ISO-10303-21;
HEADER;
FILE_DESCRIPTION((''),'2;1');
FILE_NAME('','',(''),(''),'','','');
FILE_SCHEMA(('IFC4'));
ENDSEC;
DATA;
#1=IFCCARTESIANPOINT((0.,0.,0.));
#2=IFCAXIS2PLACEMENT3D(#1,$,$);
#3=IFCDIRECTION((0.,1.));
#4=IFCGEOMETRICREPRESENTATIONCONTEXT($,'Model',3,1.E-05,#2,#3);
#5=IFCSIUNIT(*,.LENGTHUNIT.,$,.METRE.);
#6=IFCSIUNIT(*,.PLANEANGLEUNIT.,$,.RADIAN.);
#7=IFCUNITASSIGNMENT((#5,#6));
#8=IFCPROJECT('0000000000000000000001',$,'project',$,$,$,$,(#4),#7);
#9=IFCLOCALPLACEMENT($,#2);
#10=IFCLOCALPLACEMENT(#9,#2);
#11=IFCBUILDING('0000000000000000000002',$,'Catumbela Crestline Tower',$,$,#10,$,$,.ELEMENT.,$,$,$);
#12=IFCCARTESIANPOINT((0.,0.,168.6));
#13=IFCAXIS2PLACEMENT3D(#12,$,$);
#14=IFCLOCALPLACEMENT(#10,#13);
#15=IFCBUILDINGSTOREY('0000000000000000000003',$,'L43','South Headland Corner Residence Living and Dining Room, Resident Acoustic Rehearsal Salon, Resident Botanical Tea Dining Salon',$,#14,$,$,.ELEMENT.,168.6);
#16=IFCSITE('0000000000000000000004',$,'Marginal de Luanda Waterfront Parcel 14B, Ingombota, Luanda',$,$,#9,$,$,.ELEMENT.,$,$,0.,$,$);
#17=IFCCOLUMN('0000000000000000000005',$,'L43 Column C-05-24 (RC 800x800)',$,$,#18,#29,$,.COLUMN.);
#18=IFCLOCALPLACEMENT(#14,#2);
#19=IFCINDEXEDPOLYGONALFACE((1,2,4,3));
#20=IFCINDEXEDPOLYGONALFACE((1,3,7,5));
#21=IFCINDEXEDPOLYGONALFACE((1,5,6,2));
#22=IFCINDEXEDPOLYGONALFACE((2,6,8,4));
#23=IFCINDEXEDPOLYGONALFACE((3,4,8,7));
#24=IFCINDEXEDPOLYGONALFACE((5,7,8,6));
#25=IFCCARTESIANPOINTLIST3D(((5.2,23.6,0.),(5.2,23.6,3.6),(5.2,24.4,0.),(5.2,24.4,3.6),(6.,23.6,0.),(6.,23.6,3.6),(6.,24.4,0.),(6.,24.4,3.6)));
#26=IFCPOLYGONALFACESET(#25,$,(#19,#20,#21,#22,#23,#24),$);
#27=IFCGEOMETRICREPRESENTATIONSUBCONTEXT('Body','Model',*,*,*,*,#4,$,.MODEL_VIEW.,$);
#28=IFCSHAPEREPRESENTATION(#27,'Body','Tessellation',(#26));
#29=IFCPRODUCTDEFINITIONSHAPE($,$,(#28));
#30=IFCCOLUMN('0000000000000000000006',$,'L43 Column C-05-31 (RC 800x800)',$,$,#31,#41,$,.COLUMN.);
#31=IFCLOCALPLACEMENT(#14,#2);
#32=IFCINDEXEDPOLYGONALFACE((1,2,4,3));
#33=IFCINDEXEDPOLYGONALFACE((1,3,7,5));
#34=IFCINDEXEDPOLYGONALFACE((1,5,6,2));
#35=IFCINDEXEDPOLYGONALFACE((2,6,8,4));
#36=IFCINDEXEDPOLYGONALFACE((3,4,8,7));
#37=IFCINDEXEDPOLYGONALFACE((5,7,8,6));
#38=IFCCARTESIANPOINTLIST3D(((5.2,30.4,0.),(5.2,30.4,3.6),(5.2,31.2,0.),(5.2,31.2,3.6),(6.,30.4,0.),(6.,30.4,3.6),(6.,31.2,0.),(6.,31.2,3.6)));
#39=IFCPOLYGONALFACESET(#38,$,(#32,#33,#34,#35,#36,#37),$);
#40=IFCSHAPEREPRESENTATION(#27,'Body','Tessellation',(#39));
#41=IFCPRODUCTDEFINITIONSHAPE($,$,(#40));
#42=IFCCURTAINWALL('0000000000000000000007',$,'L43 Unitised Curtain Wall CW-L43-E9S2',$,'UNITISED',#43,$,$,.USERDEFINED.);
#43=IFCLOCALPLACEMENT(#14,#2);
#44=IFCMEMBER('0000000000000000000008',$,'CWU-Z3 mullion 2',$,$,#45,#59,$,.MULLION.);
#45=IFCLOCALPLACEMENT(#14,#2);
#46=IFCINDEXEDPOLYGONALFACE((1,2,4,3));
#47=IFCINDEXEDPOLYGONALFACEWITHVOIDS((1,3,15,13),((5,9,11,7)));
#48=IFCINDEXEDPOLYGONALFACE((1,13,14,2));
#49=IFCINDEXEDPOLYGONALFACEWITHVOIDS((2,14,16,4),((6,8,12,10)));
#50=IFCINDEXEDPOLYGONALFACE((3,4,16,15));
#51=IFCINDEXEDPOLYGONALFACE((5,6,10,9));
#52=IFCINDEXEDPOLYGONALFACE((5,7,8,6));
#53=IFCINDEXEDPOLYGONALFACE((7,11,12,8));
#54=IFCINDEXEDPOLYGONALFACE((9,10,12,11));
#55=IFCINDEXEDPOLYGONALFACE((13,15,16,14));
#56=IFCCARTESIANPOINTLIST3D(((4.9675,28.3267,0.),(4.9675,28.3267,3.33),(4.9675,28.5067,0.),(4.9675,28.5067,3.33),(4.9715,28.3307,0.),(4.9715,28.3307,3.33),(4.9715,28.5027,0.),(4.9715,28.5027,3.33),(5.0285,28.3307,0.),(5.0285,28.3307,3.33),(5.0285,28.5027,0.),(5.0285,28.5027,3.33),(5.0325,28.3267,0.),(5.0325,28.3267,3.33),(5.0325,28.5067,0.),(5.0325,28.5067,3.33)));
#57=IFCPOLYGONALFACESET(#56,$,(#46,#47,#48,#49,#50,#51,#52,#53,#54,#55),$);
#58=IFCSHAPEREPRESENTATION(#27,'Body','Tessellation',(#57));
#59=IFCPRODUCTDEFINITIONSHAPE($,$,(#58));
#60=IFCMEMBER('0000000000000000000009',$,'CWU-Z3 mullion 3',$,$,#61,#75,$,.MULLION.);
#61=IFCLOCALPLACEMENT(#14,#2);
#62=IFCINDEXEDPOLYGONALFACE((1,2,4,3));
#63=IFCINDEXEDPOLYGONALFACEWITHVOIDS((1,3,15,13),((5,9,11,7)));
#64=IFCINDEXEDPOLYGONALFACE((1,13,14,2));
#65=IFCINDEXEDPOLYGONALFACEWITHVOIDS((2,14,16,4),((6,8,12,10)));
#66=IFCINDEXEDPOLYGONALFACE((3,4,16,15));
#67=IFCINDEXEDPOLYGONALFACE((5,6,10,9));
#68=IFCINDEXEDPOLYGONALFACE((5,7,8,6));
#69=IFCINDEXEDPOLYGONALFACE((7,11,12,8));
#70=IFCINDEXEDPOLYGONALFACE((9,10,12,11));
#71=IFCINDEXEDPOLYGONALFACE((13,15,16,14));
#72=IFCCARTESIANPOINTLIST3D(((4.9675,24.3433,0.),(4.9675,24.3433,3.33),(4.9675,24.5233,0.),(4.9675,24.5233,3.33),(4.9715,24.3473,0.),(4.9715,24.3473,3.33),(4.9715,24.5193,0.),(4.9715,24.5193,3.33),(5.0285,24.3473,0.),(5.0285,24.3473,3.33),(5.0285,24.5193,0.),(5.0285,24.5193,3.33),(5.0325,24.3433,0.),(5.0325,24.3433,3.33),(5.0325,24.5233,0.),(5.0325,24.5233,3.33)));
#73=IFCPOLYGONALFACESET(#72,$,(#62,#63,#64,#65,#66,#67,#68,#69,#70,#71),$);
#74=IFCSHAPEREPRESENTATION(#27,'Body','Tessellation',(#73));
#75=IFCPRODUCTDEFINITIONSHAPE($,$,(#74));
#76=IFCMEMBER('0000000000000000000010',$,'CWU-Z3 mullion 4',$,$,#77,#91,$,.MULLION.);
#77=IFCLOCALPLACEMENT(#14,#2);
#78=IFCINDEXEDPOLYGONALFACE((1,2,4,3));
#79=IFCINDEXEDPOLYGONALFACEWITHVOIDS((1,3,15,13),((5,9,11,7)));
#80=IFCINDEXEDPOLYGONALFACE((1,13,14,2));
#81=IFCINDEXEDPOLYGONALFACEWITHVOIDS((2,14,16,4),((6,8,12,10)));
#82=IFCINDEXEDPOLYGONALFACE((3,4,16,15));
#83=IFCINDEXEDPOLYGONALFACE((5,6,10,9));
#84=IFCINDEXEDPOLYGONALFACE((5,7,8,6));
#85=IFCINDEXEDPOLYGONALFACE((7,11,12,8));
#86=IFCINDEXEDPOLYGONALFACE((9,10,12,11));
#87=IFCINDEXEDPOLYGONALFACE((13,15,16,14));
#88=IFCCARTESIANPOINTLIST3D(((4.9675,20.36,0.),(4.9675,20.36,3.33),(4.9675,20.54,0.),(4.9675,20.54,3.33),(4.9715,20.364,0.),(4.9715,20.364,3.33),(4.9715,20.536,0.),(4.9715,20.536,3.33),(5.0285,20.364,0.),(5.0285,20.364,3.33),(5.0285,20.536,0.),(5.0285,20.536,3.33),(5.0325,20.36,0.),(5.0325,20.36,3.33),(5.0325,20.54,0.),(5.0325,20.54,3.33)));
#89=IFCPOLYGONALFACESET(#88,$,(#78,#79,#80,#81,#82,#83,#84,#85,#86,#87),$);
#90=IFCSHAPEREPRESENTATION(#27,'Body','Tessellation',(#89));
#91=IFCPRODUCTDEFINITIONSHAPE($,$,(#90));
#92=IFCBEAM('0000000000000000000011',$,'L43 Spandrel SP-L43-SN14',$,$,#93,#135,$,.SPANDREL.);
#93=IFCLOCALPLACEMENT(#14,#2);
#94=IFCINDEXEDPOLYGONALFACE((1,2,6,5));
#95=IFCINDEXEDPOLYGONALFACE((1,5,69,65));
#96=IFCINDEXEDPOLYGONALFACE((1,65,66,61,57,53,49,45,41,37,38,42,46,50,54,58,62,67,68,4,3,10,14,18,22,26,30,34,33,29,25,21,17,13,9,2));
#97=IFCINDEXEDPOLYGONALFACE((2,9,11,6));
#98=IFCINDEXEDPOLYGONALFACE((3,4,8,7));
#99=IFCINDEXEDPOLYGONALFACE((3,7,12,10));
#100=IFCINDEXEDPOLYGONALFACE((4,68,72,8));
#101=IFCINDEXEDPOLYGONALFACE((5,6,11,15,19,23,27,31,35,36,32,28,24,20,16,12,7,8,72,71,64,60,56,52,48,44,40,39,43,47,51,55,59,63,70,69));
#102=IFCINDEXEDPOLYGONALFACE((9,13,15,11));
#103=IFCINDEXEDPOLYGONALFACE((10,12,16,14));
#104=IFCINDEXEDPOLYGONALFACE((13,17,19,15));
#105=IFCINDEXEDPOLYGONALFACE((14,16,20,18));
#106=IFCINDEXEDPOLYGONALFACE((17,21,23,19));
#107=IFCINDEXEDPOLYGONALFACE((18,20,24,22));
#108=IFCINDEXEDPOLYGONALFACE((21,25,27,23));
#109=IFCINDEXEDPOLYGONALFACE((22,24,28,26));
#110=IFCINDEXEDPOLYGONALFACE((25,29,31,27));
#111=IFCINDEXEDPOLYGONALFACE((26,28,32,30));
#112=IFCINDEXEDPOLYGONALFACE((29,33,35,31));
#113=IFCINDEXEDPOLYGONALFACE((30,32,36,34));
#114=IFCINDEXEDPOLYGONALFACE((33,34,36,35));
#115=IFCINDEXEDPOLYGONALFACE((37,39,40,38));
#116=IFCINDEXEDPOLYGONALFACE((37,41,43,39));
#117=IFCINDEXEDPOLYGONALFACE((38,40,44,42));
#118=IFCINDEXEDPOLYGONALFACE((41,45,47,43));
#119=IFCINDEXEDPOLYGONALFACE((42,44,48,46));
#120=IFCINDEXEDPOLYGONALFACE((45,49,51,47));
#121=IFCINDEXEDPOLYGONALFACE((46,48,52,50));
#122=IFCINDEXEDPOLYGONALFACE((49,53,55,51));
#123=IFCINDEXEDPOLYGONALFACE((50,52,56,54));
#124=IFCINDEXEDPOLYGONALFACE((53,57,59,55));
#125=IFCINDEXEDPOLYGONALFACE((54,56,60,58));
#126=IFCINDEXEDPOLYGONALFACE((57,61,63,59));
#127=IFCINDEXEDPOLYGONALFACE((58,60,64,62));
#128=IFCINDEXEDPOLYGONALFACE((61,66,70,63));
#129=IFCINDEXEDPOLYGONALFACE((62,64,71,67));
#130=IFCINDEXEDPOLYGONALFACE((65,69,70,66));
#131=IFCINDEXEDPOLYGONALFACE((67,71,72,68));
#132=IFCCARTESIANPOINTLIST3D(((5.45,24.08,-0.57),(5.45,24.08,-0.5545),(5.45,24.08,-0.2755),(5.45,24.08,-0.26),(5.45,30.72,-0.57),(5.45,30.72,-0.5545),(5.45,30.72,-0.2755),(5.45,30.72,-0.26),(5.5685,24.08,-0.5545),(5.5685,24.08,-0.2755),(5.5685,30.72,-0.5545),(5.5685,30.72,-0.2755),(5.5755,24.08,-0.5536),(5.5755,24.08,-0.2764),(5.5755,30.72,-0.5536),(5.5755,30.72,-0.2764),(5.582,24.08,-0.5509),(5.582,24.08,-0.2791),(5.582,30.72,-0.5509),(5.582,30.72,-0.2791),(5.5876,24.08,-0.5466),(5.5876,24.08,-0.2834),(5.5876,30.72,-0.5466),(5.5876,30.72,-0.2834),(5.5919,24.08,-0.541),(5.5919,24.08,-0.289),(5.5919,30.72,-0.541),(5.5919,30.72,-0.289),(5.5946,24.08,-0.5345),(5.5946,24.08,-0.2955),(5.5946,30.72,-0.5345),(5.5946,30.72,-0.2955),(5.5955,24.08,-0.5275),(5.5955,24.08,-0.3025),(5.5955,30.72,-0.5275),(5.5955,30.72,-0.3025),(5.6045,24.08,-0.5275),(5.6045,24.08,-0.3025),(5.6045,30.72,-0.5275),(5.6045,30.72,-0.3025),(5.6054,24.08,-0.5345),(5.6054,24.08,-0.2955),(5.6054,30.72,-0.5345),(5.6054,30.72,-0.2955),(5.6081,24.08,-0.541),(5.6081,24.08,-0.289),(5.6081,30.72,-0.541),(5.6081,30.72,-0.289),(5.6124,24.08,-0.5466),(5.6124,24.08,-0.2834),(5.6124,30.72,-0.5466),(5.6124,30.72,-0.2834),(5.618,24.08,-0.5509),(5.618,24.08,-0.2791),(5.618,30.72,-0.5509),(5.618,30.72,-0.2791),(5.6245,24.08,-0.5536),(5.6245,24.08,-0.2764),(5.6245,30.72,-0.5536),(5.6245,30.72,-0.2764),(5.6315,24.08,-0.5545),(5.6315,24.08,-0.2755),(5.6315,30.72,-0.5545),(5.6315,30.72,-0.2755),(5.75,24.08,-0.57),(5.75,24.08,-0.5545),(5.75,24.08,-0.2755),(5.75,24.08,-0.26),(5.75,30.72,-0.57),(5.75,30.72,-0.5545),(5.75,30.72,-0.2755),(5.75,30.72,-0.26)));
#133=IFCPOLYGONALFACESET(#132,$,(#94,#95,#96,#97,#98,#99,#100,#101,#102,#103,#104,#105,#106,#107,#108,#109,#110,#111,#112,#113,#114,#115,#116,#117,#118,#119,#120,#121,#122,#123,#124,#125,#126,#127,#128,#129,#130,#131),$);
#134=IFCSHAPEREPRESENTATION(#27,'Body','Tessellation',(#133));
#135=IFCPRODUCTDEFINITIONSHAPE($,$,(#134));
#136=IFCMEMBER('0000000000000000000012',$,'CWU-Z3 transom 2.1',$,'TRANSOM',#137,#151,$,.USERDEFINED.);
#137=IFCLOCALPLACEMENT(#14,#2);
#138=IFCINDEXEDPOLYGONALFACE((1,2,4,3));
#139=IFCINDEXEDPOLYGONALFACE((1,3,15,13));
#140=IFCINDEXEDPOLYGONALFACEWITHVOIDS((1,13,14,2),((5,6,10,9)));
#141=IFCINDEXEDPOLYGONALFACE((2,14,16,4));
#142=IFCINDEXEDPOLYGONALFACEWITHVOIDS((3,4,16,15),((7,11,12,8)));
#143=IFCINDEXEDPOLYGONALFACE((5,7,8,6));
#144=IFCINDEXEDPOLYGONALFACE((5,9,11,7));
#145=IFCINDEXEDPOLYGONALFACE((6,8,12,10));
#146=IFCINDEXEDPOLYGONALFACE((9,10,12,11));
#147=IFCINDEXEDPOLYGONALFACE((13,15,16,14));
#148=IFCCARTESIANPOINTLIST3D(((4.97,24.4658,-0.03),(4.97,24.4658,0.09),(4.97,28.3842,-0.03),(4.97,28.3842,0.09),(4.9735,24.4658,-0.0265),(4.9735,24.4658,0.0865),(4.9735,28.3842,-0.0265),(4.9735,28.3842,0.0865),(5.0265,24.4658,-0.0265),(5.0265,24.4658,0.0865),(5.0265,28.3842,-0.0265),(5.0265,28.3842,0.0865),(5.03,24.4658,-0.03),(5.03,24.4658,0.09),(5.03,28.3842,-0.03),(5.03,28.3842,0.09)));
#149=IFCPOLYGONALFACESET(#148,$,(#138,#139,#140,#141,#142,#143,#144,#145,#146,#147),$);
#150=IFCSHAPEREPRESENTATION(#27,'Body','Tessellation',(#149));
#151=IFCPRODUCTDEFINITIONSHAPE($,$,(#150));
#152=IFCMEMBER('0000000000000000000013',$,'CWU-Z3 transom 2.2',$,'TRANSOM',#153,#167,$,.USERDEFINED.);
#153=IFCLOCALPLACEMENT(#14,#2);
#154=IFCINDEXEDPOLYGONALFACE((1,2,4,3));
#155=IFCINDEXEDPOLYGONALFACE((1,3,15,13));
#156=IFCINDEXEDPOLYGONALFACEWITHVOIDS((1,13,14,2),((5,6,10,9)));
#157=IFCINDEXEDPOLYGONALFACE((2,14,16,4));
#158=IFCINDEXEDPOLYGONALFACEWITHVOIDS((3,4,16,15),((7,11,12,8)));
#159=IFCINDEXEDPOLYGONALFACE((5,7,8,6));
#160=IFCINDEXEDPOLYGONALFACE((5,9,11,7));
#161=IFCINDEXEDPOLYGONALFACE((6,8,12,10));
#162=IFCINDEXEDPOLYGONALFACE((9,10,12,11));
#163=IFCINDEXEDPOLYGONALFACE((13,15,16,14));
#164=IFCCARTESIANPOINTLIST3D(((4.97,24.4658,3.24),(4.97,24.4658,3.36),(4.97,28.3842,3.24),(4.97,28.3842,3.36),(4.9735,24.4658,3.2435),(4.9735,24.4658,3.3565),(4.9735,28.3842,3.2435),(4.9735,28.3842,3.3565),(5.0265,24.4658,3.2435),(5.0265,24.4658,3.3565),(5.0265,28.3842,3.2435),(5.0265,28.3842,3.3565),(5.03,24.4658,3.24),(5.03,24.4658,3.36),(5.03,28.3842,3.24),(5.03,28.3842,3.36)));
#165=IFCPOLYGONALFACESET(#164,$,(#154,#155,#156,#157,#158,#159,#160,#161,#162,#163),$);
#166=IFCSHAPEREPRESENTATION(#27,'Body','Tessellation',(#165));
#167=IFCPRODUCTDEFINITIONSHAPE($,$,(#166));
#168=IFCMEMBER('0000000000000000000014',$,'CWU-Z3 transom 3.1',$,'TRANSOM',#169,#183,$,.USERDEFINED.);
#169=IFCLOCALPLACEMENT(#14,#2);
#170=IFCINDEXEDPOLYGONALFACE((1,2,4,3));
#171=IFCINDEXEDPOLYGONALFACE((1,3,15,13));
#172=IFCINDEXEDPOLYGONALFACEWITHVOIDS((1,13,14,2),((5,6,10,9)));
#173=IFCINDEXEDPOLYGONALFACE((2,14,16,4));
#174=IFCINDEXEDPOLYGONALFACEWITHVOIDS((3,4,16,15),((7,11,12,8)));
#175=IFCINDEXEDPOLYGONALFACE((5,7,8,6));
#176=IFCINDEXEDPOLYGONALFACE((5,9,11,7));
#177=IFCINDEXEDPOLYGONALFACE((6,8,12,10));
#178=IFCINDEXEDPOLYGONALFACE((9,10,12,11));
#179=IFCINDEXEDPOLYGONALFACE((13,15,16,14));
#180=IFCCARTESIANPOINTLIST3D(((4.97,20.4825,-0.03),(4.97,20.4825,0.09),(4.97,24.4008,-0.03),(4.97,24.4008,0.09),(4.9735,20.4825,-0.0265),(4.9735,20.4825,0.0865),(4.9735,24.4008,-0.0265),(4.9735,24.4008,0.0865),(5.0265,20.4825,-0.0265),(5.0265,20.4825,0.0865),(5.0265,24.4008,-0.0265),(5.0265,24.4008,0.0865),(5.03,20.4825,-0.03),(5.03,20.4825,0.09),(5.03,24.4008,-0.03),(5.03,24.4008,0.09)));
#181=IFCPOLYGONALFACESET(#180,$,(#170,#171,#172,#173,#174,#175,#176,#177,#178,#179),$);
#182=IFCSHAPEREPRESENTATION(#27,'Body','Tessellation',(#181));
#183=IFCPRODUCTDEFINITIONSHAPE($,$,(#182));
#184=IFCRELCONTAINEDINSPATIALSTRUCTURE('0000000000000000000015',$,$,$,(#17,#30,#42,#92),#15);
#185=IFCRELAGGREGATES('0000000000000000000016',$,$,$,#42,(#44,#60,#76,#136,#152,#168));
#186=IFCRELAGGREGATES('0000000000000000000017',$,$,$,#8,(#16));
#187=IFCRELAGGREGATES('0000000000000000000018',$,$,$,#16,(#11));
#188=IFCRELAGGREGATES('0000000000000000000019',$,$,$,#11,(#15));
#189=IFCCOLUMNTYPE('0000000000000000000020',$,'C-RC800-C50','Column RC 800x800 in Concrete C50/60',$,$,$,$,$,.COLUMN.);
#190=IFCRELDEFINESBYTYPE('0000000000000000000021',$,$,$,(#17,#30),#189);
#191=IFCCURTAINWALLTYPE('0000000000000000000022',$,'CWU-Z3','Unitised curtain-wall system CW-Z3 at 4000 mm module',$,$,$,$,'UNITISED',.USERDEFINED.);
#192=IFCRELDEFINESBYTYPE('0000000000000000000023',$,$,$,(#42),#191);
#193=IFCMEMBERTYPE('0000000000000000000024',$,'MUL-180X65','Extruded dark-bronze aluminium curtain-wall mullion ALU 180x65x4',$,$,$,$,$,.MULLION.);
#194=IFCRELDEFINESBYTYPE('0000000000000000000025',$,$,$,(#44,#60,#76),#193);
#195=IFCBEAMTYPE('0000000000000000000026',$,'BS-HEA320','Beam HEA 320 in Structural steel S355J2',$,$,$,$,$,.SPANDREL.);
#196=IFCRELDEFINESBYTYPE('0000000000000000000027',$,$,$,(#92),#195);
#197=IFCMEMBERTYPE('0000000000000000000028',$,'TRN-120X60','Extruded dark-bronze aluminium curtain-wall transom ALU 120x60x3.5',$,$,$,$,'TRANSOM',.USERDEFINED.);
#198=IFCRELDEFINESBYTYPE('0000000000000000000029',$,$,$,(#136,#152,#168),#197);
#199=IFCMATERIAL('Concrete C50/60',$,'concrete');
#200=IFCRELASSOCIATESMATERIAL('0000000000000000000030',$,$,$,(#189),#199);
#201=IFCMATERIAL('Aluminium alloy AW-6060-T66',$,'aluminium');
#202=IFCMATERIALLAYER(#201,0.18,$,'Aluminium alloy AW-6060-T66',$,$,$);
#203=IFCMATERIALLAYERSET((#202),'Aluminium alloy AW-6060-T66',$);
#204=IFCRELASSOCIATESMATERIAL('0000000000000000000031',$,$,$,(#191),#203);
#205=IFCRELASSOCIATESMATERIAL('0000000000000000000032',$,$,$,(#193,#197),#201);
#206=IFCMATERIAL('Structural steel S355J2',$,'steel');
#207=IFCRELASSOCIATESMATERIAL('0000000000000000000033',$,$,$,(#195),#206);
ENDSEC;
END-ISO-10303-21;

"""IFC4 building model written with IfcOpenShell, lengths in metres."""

from ifc_helpers import new_model, si_unit, direction, frame, origin, origin_2d, place, context, subcontext, project, spatial, rectangle, hollow_rectangle, i_section, extrude, material, layer, layer_set, material_profile, profile_set, type_object, element, aggregate, save


model = new_model("IFC4")

# Units and contexts
model_context = context("Model", 3, precision=1e-05, world=origin(), true_north=direction((0.0, 1.0)))
body_context = subcontext(model_context, "Body", "Model", "MODEL_VIEW")
ifc_project = project(units=[si_unit("LENGTHUNIT", "METRE"), si_unit("PLANEANGLEUNIT", "RADIAN")], contexts=[model_context])

# Site, building, storey
site_placement = place(None, origin())
site = spatial("IfcSite", under=ifc_project, at=site_placement, Name="Marginal de Luanda Waterfront Parcel 14B, Ingombota, Luanda", CompositionType="ELEMENT", RefElevation=0.0)
building_placement = place(site_placement, origin())
building = spatial("IfcBuilding", under=site, at=building_placement, Name="Catumbela Crestline Tower", CompositionType="ELEMENT")
storey_placement = place(building_placement, frame((0.0, 0.0, 168.6)))
storey = spatial("IfcBuildingStorey", under=building, at=storey_placement, Name="L43", Description="South Headland Corner Residence Living and Dining Room, Resident Acoustic Rehearsal Salon, Resident Botanical Tea Dining Salon", CompositionType="ELEMENT", Elevation=168.6)

# Columns
ifc_material_1 = material(Name="Concrete C50/60", Category="concrete")
ifc_material_profile_1 = material_profile(ifc_material_1, rectangle(XDim=0.8, YDim=0.8, at=origin_2d()), Name="RC 800x800")
ifc_profile_set_1 = profile_set([ifc_material_profile_1], Name="Concrete C50/60")
column_type = type_object("IfcColumnType", Name="C-RC800-C50", Description="Column RC 800x800 in Concrete C50/60", PredefinedType="COLUMN", material=ifc_profile_set_1)
for number, where, z_axis, x_axis, name in (
    (1, (5.6, 24.0, 0.0), (0.0, 0.0, 1.0), (1.0, 0.0, 0.0), "L43 Column C-05-24 (RC 800x800)"),
    (2, (5.6, 30.8, 0.0), (0.0, 0.0, 1.0), (1.0, 0.0, 0.0), "L43 Column C-05-31 (RC 800x800)"),
):
    element("IfcColumn", number, at=place(storey_placement, frame(where, z_axis=z_axis, x_axis=x_axis)), inside=storey, type_object=column_type, Name=name, PredefinedType="COLUMN", context=body_context, shape_type="SweptSolid", body=[
        extrude(rectangle(XDim=0.8, YDim=0.8, at=origin_2d()), origin(), (0.0, 0.0, 1.0), 3.6),
    ])

# Curtain wall, members
ifc_material_2 = material(Name="Aluminium alloy AW-6060-T66", Category="aluminium")
ifc_layer_1 = layer(ifc_material_2, 0.18, Name="Aluminium alloy AW-6060-T66")
ifc_layer_set_1 = layer_set([ifc_layer_1], Name="Aluminium alloy AW-6060-T66")
curtain_wall_type = type_object("IfcCurtainWallType", Name="CWU-Z3", Description="Unitised curtain-wall system CW-Z3 at 4000 mm module", ElementType="UNITISED", PredefinedType="USERDEFINED", material=ifc_layer_set_1)
curtain_wall_placement = place(storey_placement, origin())
curtain_wall = element("IfcCurtainWall", 3, at=curtain_wall_placement, inside=storey, type_object=curtain_wall_type, Name="L43 Unitised Curtain Wall CW-L43-E9S2", ObjectType="UNITISED", PredefinedType="USERDEFINED")
ifc_material_profile_2 = material_profile(ifc_material_2, hollow_rectangle(XDim=0.065, YDim=0.18, WallThickness=0.004, at=origin_2d()), Name="ALU 180x65x4")
ifc_profile_set_2 = profile_set([ifc_material_profile_2], Name="Aluminium alloy AW-6060-T66")
member_type_1 = type_object("IfcMemberType", Name="MUL-180X65", Description="Extruded dark-bronze aluminium curtain-wall mullion ALU 180x65x4", PredefinedType="MULLION", material=ifc_profile_set_2)
member_1_placement = place(storey_placement, frame((5.0, 28.4167, 0.0), z_axis=(0.0, 0.0, 1.0), x_axis=(1.0, 0.0, 0.0)))
member_1 = element("IfcMember", 4, at=member_1_placement, type_object=member_type_1, Name="CWU-Z3 mullion 2", PredefinedType="MULLION", context=body_context, shape_type="SweptSolid", body=[
    extrude(hollow_rectangle(XDim=0.065, YDim=0.18, WallThickness=0.004, at=origin_2d()), origin(), (0.0, 0.0, 1.0), 3.33),
])
member_2_placement = place(storey_placement, frame((5.0, 24.4333, 0.0), z_axis=(0.0, 0.0, 1.0), x_axis=(1.0, 0.0, 0.0)))
member_2 = element("IfcMember", 5, at=member_2_placement, type_object=member_type_1, Name="CWU-Z3 mullion 3", PredefinedType="MULLION", context=body_context, shape_type="SweptSolid", body=[
    extrude(hollow_rectangle(XDim=0.065, YDim=0.18, WallThickness=0.004, at=origin_2d()), origin(), (0.0, 0.0, 1.0), 3.33),
])
member_3_placement = place(storey_placement, frame((5.0, 20.45, 0.0), z_axis=(0.0, 0.0, 1.0), x_axis=(1.0, 0.0, 0.0)))
member_3 = element("IfcMember", 6, at=member_3_placement, type_object=member_type_1, Name="CWU-Z3 mullion 4", PredefinedType="MULLION", context=body_context, shape_type="SweptSolid", body=[
    extrude(hollow_rectangle(XDim=0.065, YDim=0.18, WallThickness=0.004, at=origin_2d()), origin(), (0.0, 0.0, 1.0), 3.33),
])

# Beam
ifc_material_3 = material(Name="Structural steel S355J2", Category="steel")
ifc_material_profile_3 = material_profile(ifc_material_3, i_section(OverallWidth=0.3, OverallDepth=0.31, WebThickness=0.009, FlangeThickness=0.0155, FilletRadius=0.027, at=origin_2d()), Name="HEA 320")
ifc_profile_set_3 = profile_set([ifc_material_profile_3], Name="Structural steel S355J2")
beam_type = type_object("IfcBeamType", Name="BS-HEA320", Description="Beam HEA 320 in Structural steel S355J2", PredefinedType="SPANDREL", material=ifc_profile_set_3)
beam_placement = place(storey_placement, frame((5.6, 24.08, -0.415), z_axis=(0.0, 1.0, 0.0), x_axis=(-1.0, 0.0, 0.0)))
element("IfcBeam", 7, at=beam_placement, inside=storey, type_object=beam_type, Name="L43 Spandrel SP-L43-SN14", PredefinedType="SPANDREL", context=body_context, shape_type="SweptSolid", body=[
    extrude(i_section(OverallWidth=0.3, OverallDepth=0.31, WebThickness=0.009, FlangeThickness=0.0155, FilletRadius=0.027, at=origin_2d()), origin(), (0.0, 0.0, 1.0), 6.64),
])

# Members
ifc_material_profile_4 = material_profile(ifc_material_2, hollow_rectangle(XDim=0.06, YDim=0.12, WallThickness=0.0035, at=origin_2d()), Name="ALU 120x60x3.5")
ifc_profile_set_4 = profile_set([ifc_material_profile_4], Name="Aluminium alloy AW-6060-T66")
member_type_2 = type_object("IfcMemberType", Name="TRN-120X60", Description="Extruded dark-bronze aluminium curtain-wall transom ALU 120x60x3.5", ElementType="TRANSOM", PredefinedType="USERDEFINED", material=ifc_profile_set_4)
member_4_placement = place(storey_placement, frame((5.0, 28.3842, 0.03), z_axis=(0.0, -1.0, 0.0), x_axis=(1.0, 0.0, 0.0)))
member_4 = element("IfcMember", 8, at=member_4_placement, type_object=member_type_2, Name="CWU-Z3 transom 2.1", ObjectType="TRANSOM", PredefinedType="USERDEFINED", context=body_context, shape_type="SweptSolid", body=[
    extrude(hollow_rectangle(XDim=0.06, YDim=0.12, WallThickness=0.0035, at=origin_2d()), origin(), (0.0, 0.0, 1.0), 3.9184),
])
member_5_placement = place(storey_placement, frame((5.0, 28.3842, 3.3), z_axis=(0.0, -1.0, 0.0), x_axis=(1.0, 0.0, 0.0)))
member_5 = element("IfcMember", 9, at=member_5_placement, type_object=member_type_2, Name="CWU-Z3 transom 2.2", ObjectType="TRANSOM", PredefinedType="USERDEFINED", context=body_context, shape_type="SweptSolid", body=[
    extrude(hollow_rectangle(XDim=0.06, YDim=0.12, WallThickness=0.0035, at=origin_2d()), origin(), (0.0, 0.0, 1.0), 3.9184),
])
member_6_placement = place(storey_placement, frame((5.0, 24.4008, 0.03), z_axis=(0.0, -1.0, 0.0), x_axis=(1.0, 0.0, 0.0)))
member_6 = element("IfcMember", 10, at=member_6_placement, type_object=member_type_2, Name="CWU-Z3 transom 3.1", ObjectType="TRANSOM", PredefinedType="USERDEFINED", context=body_context, shape_type="SweptSolid", body=[
    extrude(hollow_rectangle(XDim=0.06, YDim=0.12, WallThickness=0.0035, at=origin_2d()), origin(), (0.0, 0.0, 1.0), 3.9183),
])

aggregate(curtain_wall, [member_1, member_2, member_3, member_4, member_5, member_6])

save(model, "model.ifc")
